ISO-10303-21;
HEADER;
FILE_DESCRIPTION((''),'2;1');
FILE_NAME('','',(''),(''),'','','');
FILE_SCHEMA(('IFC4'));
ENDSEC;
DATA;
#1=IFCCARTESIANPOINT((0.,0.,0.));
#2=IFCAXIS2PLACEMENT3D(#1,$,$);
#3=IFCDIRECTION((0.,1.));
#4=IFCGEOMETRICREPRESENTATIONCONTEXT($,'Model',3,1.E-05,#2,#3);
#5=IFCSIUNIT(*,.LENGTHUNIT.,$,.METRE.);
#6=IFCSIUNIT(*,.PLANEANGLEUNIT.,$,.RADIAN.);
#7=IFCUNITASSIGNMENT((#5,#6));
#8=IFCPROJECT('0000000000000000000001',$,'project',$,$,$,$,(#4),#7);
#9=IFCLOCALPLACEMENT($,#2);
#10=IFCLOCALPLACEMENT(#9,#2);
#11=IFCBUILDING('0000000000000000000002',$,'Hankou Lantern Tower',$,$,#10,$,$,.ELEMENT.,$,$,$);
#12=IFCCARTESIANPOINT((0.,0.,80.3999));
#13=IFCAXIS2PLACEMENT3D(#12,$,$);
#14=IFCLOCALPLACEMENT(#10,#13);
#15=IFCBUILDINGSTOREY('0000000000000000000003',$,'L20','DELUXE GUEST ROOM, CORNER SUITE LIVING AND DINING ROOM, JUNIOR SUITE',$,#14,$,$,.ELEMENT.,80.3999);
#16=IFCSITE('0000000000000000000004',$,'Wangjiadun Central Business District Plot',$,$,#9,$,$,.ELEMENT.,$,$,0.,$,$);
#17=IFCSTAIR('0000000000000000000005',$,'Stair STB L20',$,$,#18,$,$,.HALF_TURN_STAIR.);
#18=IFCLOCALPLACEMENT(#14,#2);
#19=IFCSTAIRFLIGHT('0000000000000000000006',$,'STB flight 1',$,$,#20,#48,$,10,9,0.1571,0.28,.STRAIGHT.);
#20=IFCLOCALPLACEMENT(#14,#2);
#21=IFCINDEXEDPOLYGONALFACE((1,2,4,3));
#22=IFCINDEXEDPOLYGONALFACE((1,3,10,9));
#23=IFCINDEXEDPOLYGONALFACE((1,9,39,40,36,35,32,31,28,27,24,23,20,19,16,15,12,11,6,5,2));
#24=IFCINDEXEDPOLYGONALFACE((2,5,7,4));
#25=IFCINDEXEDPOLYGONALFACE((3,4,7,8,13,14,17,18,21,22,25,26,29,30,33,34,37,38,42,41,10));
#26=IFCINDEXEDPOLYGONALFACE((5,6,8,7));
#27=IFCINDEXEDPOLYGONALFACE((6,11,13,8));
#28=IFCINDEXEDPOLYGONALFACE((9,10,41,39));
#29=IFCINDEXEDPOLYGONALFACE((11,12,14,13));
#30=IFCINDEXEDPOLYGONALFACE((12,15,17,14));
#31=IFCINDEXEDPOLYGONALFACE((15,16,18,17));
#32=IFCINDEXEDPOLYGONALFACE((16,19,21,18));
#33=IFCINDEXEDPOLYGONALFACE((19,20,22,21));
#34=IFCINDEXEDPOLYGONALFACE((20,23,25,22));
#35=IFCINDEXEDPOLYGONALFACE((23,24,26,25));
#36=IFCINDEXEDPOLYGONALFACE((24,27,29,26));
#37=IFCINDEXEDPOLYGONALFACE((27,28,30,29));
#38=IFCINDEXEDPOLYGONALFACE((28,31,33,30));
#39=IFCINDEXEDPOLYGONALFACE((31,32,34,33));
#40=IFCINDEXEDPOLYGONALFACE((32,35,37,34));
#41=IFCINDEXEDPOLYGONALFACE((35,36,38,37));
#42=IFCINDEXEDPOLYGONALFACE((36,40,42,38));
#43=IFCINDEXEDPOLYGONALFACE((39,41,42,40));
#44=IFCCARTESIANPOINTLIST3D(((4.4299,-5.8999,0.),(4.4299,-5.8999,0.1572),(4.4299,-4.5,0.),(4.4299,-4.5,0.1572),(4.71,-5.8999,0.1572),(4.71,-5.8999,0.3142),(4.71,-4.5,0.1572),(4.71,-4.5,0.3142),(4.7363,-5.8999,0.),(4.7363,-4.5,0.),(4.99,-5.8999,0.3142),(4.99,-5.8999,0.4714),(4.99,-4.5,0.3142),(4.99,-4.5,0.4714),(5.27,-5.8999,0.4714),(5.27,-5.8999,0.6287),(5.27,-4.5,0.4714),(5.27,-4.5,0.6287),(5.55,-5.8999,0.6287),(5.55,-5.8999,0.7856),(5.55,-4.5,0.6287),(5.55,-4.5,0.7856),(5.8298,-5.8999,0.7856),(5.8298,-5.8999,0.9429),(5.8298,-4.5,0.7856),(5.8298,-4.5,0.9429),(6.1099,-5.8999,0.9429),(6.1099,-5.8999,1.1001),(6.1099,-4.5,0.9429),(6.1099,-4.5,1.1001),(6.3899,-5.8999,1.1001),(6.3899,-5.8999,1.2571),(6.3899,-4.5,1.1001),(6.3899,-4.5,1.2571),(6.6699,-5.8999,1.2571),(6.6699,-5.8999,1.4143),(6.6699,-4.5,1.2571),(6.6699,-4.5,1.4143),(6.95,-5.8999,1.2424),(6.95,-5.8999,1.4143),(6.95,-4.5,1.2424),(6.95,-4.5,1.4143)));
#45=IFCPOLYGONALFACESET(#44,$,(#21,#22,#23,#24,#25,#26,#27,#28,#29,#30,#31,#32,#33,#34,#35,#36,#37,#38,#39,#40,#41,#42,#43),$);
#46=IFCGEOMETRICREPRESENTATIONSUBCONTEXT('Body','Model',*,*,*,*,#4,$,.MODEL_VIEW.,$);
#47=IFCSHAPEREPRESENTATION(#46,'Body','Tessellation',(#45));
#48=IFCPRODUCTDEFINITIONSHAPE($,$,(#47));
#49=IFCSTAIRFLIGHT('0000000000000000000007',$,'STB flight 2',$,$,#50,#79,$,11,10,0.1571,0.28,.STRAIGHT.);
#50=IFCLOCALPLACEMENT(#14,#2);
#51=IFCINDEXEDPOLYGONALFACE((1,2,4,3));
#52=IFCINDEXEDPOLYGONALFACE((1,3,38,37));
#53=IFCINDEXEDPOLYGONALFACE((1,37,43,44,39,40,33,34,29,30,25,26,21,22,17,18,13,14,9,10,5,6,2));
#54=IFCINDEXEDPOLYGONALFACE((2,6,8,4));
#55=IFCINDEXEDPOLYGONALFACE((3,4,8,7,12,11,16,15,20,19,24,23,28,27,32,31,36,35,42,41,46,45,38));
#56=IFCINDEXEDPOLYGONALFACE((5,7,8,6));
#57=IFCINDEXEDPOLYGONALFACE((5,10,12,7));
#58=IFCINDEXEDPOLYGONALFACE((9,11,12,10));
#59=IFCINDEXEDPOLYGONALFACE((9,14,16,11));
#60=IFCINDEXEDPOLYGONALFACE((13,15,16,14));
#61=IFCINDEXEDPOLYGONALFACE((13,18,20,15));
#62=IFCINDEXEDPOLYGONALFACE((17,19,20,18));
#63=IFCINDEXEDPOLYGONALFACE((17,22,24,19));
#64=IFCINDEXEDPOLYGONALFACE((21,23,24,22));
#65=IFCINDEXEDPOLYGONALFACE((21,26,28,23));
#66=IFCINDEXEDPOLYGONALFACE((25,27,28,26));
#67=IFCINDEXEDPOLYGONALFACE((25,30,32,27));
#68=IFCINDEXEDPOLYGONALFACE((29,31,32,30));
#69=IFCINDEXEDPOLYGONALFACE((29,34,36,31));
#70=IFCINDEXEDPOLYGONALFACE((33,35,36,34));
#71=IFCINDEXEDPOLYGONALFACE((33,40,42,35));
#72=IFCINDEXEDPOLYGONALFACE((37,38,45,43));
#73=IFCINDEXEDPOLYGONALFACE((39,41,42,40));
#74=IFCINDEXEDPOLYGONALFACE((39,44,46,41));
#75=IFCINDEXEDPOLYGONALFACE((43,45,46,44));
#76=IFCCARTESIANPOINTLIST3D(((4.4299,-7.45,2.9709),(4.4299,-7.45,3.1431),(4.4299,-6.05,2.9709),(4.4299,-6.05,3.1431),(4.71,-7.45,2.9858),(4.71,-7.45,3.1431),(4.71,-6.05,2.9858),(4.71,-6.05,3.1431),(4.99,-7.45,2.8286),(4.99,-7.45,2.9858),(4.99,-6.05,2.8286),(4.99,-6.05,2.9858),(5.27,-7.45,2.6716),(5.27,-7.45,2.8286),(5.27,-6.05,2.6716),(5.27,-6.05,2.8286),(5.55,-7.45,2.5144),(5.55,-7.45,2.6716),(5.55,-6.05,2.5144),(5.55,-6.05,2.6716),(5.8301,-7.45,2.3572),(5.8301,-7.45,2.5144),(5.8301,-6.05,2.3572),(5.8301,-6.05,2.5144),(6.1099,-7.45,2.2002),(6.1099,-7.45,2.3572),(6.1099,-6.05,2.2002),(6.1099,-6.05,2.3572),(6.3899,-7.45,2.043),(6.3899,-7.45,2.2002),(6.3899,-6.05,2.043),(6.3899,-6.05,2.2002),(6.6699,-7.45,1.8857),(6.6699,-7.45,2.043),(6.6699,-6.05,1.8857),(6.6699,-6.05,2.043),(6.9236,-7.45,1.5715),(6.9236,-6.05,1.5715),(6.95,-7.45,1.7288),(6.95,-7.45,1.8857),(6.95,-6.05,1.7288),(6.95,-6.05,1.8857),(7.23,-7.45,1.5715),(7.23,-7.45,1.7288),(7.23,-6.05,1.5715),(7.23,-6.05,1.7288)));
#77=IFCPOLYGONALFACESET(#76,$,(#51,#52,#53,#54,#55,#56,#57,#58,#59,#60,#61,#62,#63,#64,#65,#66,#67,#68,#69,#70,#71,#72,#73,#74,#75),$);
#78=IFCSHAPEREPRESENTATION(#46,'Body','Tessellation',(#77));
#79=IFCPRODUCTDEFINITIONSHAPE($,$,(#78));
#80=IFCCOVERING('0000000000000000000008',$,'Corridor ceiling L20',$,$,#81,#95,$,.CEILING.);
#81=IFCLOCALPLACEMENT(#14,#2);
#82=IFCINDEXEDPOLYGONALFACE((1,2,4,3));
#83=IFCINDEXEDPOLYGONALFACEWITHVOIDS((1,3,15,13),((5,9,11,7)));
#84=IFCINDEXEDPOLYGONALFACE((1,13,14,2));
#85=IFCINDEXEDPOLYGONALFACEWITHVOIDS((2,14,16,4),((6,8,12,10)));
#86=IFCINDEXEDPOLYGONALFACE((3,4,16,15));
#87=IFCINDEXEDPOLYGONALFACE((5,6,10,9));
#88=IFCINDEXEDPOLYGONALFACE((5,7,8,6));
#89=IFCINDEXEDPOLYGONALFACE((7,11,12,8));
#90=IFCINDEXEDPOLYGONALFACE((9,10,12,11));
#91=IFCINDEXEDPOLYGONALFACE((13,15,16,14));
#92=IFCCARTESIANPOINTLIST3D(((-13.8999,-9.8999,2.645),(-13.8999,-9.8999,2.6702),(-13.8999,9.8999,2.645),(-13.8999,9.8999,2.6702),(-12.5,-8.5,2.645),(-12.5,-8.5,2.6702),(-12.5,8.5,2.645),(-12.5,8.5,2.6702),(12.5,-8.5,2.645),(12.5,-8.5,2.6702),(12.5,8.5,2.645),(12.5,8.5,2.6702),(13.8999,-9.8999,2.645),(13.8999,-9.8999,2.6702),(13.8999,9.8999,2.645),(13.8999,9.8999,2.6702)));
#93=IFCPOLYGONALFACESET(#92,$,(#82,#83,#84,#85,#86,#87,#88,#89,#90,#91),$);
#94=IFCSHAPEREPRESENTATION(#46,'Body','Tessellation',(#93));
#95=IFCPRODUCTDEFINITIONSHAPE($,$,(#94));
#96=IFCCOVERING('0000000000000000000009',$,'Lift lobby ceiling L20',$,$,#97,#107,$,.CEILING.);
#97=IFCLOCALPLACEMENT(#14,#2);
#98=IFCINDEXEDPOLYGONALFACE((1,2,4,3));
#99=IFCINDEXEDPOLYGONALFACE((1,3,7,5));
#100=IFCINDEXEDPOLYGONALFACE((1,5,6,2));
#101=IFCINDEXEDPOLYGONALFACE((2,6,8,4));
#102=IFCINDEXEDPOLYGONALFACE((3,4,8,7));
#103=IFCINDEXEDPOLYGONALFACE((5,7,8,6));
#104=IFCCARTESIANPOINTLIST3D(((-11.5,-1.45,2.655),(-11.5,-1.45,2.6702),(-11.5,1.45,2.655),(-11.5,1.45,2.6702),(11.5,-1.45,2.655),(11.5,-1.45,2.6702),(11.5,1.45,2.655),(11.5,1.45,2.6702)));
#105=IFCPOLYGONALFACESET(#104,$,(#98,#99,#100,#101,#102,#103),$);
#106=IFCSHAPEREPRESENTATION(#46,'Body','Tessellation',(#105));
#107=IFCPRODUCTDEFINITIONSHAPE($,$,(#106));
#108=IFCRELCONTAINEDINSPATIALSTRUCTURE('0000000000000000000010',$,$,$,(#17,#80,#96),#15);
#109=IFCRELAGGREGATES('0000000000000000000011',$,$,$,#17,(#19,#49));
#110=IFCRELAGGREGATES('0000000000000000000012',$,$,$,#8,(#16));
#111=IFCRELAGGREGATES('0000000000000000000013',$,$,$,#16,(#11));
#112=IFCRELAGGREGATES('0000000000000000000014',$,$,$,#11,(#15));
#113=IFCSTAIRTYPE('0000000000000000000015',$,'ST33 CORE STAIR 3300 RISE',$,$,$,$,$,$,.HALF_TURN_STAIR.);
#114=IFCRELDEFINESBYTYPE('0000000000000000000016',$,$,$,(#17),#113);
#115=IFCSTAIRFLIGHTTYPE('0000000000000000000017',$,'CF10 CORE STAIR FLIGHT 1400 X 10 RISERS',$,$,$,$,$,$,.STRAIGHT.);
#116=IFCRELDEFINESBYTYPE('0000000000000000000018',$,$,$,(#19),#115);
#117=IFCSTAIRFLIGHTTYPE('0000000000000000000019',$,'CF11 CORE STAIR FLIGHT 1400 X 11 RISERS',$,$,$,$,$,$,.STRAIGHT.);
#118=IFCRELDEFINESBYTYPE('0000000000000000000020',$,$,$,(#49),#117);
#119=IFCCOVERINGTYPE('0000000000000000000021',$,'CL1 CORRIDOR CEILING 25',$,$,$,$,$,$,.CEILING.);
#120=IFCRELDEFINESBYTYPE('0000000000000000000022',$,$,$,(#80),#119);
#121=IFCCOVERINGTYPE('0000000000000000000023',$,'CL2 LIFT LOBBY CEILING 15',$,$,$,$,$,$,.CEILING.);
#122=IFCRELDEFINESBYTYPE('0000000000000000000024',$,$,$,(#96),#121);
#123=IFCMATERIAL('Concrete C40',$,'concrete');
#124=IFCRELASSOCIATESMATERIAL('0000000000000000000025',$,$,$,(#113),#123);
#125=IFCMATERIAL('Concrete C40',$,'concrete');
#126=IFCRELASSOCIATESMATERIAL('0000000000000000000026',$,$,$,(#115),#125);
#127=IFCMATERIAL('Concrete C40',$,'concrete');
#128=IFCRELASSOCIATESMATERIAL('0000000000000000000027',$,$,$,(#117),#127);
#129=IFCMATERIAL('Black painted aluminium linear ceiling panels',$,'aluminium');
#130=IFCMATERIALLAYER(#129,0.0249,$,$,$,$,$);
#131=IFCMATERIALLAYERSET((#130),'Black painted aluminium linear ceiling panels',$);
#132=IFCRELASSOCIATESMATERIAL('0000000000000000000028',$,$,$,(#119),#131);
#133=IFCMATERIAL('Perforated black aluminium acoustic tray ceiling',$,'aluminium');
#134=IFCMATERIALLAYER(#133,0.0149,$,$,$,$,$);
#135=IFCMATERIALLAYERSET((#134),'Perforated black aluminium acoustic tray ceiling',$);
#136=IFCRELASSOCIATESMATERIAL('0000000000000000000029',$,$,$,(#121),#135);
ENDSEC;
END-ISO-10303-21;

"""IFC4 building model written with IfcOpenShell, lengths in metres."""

from ifc_helpers import new_model, si_unit, direction, frame, origin, place, context, subcontext, project, spatial, polyline, outline, extrude, material, layer, layer_set, type_object, element, aggregate, save


model = new_model("IFC4")

# Units and contexts
model_context = context("Model", 3, precision=1e-05, world=origin(), true_north=direction((0.0, 1.0)))
body_context = subcontext(model_context, "Body", "Model", "MODEL_VIEW")
ifc_project = project(units=[si_unit("LENGTHUNIT", "METRE"), si_unit("PLANEANGLEUNIT", "RADIAN")], contexts=[model_context])

# Site, building, storey
site_placement = place(None, origin())
site = spatial("IfcSite", under=ifc_project, at=site_placement, Name="Wangjiadun Central Business District Plot", CompositionType="ELEMENT", RefElevation=0.0)
building_placement = place(site_placement, origin())
building = spatial("IfcBuilding", under=site, at=building_placement, Name="Hankou Lantern Tower", CompositionType="ELEMENT")
storey_placement = place(building_placement, frame((0.0, 0.0, 80.3999)))
storey = spatial("IfcBuildingStorey", under=building, at=storey_placement, Name="L20", Description="DELUXE GUEST ROOM, CORNER SUITE LIVING AND DINING ROOM, JUNIOR SUITE", CompositionType="ELEMENT", Elevation=80.3999)

# Stair
ifc_material_1 = material(Name="Concrete C40", Category="concrete")
stair_type = type_object("IfcStairType", Name="ST33 CORE STAIR 3300 RISE", PredefinedType="HALF_TURN_STAIR", material=ifc_material_1)
stair_1_placement = place(storey_placement, origin())
stair_1 = element("IfcStair", 1, at=stair_1_placement, inside=storey, type_object=stair_type, Name="Stair STB L20", PredefinedType="HALF_TURN_STAIR")

# Stair flights
ifc_material_2 = material(Name="Concrete C40", Category="concrete")
stair_flight_type_1 = type_object("IfcStairFlightType", Name="CF10 CORE STAIR FLIGHT 1400 X 10 RISERS", PredefinedType="STRAIGHT", material=ifc_material_2)
stair_flight_1_placement = place(storey_placement, frame((4.4299, -5.2, 0.0), z_axis=(0.0, 0.0, 1.0), x_axis=(1.0, 0.0, 0.0)))
stair_flight_1 = element("IfcStairFlight", 2, at=stair_flight_1_placement, type_object=stair_flight_type_1, Name="STB flight 1", NumberOfRisers=10, NumberOfTreads=9, PredefinedType="STRAIGHT", RiserHeight=0.1571, TreadLength=0.28, context=body_context, shape_type="SweptSolid", body=[
    extrude(outline(polyline([(0.0, 0.0), (0.0, 0.1572), (0.28, 0.1572), (0.28, 0.3142), (0.5601, 0.3142), (0.5601, 0.4714), (0.8401, 0.4714), (0.8401, 0.6287), (1.1201, 0.6287), (1.1201, 0.7856), (1.3999, 0.7856), (1.3999, 0.9429), (1.6799, 0.9429), (1.6799, 1.1001), (1.96, 1.1001), (1.96, 1.2571), (2.24, 1.2571), (2.24, 1.4143), (2.52, 1.4143), (2.52, 1.5715), (2.52, 1.2424), (0.3064, 0.0), (0.0, 0.0)])), frame((0.0, 0.7, 0.0), z_axis=(0.0, -1.0, 0.0), x_axis=(1.0, 0.0, 0.0)), (0.0, 0.0, 1.0), 1.3999),
])
ifc_material_3 = material(Name="Concrete C40", Category="concrete")
stair_flight_type_2 = type_object("IfcStairFlightType", Name="CF11 CORE STAIR FLIGHT 1400 X 11 RISERS", PredefinedType="STRAIGHT", material=ifc_material_3)
stair_flight_2_placement = place(storey_placement, frame((7.23, -6.75, 1.5715), z_axis=(0.0, 0.0, 1.0), x_axis=(-1.0, 0.0, 0.0)))
stair_flight_2 = element("IfcStairFlight", 3, at=stair_flight_2_placement, type_object=stair_flight_type_2, Name="STB flight 2", NumberOfRisers=11, NumberOfTreads=10, PredefinedType="STRAIGHT", RiserHeight=0.1571, TreadLength=0.28, context=body_context, shape_type="SweptSolid", body=[
    extrude(outline(polyline([(0.0, 0.0), (0.0, 0.1572), (0.28, 0.1572), (0.28, 0.3142), (0.5601, 0.3142), (0.5601, 0.4714), (0.8401, 0.4714), (0.8401, 0.6287), (1.1201, 0.6287), (1.1201, 0.7856), (1.3999, 0.7856), (1.3999, 0.9429), (1.6799, 0.9429), (1.6799, 1.1001), (1.96, 1.1001), (1.96, 1.2571), (2.24, 1.2571), (2.24, 1.4143), (2.52, 1.4143), (2.52, 1.5715), (2.8, 1.5715), (2.8, 1.7285), (2.8, 1.3994), (0.3064, 0.0), (0.0, 0.0)])), frame((0.0, 0.7, 0.0), z_axis=(0.0, -1.0, 0.0), x_axis=(1.0, 0.0, 0.0)), (0.0, 0.0, 1.0), 1.3999),
])
aggregate(stair_1, [stair_flight_1, stair_flight_2])

# Coverings
ifc_material_4 = material(Name="Black painted aluminium linear ceiling panels", Category="aluminium")
ifc_layer_1 = layer(ifc_material_4, 0.0249)
ifc_layer_set_1 = layer_set([ifc_layer_1], Name="Black painted aluminium linear ceiling panels")
covering_type_1 = type_object("IfcCoveringType", Name="CL1 CORRIDOR CEILING 25", PredefinedType="CEILING", material=ifc_layer_set_1)
covering_1_placement = place(storey_placement, frame((0.0, 0.0, 2.645)))
element("IfcCovering", 4, at=covering_1_placement, inside=storey, type_object=covering_type_1, Name="Corridor ceiling L20", PredefinedType="CEILING", context=body_context, shape_type="SweptSolid", body=[
    extrude(outline(polyline([(-13.8999, -9.8999), (13.8999, -9.8999), (13.8999, 9.8999), (-13.8999, 9.8999), (-13.8999, -9.8999)]), holes=[polyline([(-12.5, 8.5), (12.5, 8.5), (12.5, -8.5), (-12.5, -8.5), (-12.5, 8.5)])]), origin(), (0.0, 0.0, 1.0), 0.0251),
])
ifc_material_5 = material(Name="Perforated black aluminium acoustic tray ceiling", Category="aluminium")
ifc_layer_2 = layer(ifc_material_5, 0.0149)
ifc_layer_set_2 = layer_set([ifc_layer_2], Name="Perforated black aluminium acoustic tray ceiling")
covering_type_2 = type_object("IfcCoveringType", Name="CL2 LIFT LOBBY CEILING 15", PredefinedType="CEILING", material=ifc_layer_set_2)
covering_2_placement = place(storey_placement, frame((0.0, 0.0, 2.655)))
element("IfcCovering", 5, at=covering_2_placement, inside=storey, type_object=covering_type_2, Name="Lift lobby ceiling L20", PredefinedType="CEILING", context=body_context, shape_type="SweptSolid", body=[
    extrude(outline(polyline([(-11.5, -1.45), (11.5, -1.45), (11.5, 1.45), (-11.5, 1.45), (-11.5, -1.45)])), origin(), (0.0, 0.0, 1.0), 0.0151),
])

save(model, "model.ifc")
